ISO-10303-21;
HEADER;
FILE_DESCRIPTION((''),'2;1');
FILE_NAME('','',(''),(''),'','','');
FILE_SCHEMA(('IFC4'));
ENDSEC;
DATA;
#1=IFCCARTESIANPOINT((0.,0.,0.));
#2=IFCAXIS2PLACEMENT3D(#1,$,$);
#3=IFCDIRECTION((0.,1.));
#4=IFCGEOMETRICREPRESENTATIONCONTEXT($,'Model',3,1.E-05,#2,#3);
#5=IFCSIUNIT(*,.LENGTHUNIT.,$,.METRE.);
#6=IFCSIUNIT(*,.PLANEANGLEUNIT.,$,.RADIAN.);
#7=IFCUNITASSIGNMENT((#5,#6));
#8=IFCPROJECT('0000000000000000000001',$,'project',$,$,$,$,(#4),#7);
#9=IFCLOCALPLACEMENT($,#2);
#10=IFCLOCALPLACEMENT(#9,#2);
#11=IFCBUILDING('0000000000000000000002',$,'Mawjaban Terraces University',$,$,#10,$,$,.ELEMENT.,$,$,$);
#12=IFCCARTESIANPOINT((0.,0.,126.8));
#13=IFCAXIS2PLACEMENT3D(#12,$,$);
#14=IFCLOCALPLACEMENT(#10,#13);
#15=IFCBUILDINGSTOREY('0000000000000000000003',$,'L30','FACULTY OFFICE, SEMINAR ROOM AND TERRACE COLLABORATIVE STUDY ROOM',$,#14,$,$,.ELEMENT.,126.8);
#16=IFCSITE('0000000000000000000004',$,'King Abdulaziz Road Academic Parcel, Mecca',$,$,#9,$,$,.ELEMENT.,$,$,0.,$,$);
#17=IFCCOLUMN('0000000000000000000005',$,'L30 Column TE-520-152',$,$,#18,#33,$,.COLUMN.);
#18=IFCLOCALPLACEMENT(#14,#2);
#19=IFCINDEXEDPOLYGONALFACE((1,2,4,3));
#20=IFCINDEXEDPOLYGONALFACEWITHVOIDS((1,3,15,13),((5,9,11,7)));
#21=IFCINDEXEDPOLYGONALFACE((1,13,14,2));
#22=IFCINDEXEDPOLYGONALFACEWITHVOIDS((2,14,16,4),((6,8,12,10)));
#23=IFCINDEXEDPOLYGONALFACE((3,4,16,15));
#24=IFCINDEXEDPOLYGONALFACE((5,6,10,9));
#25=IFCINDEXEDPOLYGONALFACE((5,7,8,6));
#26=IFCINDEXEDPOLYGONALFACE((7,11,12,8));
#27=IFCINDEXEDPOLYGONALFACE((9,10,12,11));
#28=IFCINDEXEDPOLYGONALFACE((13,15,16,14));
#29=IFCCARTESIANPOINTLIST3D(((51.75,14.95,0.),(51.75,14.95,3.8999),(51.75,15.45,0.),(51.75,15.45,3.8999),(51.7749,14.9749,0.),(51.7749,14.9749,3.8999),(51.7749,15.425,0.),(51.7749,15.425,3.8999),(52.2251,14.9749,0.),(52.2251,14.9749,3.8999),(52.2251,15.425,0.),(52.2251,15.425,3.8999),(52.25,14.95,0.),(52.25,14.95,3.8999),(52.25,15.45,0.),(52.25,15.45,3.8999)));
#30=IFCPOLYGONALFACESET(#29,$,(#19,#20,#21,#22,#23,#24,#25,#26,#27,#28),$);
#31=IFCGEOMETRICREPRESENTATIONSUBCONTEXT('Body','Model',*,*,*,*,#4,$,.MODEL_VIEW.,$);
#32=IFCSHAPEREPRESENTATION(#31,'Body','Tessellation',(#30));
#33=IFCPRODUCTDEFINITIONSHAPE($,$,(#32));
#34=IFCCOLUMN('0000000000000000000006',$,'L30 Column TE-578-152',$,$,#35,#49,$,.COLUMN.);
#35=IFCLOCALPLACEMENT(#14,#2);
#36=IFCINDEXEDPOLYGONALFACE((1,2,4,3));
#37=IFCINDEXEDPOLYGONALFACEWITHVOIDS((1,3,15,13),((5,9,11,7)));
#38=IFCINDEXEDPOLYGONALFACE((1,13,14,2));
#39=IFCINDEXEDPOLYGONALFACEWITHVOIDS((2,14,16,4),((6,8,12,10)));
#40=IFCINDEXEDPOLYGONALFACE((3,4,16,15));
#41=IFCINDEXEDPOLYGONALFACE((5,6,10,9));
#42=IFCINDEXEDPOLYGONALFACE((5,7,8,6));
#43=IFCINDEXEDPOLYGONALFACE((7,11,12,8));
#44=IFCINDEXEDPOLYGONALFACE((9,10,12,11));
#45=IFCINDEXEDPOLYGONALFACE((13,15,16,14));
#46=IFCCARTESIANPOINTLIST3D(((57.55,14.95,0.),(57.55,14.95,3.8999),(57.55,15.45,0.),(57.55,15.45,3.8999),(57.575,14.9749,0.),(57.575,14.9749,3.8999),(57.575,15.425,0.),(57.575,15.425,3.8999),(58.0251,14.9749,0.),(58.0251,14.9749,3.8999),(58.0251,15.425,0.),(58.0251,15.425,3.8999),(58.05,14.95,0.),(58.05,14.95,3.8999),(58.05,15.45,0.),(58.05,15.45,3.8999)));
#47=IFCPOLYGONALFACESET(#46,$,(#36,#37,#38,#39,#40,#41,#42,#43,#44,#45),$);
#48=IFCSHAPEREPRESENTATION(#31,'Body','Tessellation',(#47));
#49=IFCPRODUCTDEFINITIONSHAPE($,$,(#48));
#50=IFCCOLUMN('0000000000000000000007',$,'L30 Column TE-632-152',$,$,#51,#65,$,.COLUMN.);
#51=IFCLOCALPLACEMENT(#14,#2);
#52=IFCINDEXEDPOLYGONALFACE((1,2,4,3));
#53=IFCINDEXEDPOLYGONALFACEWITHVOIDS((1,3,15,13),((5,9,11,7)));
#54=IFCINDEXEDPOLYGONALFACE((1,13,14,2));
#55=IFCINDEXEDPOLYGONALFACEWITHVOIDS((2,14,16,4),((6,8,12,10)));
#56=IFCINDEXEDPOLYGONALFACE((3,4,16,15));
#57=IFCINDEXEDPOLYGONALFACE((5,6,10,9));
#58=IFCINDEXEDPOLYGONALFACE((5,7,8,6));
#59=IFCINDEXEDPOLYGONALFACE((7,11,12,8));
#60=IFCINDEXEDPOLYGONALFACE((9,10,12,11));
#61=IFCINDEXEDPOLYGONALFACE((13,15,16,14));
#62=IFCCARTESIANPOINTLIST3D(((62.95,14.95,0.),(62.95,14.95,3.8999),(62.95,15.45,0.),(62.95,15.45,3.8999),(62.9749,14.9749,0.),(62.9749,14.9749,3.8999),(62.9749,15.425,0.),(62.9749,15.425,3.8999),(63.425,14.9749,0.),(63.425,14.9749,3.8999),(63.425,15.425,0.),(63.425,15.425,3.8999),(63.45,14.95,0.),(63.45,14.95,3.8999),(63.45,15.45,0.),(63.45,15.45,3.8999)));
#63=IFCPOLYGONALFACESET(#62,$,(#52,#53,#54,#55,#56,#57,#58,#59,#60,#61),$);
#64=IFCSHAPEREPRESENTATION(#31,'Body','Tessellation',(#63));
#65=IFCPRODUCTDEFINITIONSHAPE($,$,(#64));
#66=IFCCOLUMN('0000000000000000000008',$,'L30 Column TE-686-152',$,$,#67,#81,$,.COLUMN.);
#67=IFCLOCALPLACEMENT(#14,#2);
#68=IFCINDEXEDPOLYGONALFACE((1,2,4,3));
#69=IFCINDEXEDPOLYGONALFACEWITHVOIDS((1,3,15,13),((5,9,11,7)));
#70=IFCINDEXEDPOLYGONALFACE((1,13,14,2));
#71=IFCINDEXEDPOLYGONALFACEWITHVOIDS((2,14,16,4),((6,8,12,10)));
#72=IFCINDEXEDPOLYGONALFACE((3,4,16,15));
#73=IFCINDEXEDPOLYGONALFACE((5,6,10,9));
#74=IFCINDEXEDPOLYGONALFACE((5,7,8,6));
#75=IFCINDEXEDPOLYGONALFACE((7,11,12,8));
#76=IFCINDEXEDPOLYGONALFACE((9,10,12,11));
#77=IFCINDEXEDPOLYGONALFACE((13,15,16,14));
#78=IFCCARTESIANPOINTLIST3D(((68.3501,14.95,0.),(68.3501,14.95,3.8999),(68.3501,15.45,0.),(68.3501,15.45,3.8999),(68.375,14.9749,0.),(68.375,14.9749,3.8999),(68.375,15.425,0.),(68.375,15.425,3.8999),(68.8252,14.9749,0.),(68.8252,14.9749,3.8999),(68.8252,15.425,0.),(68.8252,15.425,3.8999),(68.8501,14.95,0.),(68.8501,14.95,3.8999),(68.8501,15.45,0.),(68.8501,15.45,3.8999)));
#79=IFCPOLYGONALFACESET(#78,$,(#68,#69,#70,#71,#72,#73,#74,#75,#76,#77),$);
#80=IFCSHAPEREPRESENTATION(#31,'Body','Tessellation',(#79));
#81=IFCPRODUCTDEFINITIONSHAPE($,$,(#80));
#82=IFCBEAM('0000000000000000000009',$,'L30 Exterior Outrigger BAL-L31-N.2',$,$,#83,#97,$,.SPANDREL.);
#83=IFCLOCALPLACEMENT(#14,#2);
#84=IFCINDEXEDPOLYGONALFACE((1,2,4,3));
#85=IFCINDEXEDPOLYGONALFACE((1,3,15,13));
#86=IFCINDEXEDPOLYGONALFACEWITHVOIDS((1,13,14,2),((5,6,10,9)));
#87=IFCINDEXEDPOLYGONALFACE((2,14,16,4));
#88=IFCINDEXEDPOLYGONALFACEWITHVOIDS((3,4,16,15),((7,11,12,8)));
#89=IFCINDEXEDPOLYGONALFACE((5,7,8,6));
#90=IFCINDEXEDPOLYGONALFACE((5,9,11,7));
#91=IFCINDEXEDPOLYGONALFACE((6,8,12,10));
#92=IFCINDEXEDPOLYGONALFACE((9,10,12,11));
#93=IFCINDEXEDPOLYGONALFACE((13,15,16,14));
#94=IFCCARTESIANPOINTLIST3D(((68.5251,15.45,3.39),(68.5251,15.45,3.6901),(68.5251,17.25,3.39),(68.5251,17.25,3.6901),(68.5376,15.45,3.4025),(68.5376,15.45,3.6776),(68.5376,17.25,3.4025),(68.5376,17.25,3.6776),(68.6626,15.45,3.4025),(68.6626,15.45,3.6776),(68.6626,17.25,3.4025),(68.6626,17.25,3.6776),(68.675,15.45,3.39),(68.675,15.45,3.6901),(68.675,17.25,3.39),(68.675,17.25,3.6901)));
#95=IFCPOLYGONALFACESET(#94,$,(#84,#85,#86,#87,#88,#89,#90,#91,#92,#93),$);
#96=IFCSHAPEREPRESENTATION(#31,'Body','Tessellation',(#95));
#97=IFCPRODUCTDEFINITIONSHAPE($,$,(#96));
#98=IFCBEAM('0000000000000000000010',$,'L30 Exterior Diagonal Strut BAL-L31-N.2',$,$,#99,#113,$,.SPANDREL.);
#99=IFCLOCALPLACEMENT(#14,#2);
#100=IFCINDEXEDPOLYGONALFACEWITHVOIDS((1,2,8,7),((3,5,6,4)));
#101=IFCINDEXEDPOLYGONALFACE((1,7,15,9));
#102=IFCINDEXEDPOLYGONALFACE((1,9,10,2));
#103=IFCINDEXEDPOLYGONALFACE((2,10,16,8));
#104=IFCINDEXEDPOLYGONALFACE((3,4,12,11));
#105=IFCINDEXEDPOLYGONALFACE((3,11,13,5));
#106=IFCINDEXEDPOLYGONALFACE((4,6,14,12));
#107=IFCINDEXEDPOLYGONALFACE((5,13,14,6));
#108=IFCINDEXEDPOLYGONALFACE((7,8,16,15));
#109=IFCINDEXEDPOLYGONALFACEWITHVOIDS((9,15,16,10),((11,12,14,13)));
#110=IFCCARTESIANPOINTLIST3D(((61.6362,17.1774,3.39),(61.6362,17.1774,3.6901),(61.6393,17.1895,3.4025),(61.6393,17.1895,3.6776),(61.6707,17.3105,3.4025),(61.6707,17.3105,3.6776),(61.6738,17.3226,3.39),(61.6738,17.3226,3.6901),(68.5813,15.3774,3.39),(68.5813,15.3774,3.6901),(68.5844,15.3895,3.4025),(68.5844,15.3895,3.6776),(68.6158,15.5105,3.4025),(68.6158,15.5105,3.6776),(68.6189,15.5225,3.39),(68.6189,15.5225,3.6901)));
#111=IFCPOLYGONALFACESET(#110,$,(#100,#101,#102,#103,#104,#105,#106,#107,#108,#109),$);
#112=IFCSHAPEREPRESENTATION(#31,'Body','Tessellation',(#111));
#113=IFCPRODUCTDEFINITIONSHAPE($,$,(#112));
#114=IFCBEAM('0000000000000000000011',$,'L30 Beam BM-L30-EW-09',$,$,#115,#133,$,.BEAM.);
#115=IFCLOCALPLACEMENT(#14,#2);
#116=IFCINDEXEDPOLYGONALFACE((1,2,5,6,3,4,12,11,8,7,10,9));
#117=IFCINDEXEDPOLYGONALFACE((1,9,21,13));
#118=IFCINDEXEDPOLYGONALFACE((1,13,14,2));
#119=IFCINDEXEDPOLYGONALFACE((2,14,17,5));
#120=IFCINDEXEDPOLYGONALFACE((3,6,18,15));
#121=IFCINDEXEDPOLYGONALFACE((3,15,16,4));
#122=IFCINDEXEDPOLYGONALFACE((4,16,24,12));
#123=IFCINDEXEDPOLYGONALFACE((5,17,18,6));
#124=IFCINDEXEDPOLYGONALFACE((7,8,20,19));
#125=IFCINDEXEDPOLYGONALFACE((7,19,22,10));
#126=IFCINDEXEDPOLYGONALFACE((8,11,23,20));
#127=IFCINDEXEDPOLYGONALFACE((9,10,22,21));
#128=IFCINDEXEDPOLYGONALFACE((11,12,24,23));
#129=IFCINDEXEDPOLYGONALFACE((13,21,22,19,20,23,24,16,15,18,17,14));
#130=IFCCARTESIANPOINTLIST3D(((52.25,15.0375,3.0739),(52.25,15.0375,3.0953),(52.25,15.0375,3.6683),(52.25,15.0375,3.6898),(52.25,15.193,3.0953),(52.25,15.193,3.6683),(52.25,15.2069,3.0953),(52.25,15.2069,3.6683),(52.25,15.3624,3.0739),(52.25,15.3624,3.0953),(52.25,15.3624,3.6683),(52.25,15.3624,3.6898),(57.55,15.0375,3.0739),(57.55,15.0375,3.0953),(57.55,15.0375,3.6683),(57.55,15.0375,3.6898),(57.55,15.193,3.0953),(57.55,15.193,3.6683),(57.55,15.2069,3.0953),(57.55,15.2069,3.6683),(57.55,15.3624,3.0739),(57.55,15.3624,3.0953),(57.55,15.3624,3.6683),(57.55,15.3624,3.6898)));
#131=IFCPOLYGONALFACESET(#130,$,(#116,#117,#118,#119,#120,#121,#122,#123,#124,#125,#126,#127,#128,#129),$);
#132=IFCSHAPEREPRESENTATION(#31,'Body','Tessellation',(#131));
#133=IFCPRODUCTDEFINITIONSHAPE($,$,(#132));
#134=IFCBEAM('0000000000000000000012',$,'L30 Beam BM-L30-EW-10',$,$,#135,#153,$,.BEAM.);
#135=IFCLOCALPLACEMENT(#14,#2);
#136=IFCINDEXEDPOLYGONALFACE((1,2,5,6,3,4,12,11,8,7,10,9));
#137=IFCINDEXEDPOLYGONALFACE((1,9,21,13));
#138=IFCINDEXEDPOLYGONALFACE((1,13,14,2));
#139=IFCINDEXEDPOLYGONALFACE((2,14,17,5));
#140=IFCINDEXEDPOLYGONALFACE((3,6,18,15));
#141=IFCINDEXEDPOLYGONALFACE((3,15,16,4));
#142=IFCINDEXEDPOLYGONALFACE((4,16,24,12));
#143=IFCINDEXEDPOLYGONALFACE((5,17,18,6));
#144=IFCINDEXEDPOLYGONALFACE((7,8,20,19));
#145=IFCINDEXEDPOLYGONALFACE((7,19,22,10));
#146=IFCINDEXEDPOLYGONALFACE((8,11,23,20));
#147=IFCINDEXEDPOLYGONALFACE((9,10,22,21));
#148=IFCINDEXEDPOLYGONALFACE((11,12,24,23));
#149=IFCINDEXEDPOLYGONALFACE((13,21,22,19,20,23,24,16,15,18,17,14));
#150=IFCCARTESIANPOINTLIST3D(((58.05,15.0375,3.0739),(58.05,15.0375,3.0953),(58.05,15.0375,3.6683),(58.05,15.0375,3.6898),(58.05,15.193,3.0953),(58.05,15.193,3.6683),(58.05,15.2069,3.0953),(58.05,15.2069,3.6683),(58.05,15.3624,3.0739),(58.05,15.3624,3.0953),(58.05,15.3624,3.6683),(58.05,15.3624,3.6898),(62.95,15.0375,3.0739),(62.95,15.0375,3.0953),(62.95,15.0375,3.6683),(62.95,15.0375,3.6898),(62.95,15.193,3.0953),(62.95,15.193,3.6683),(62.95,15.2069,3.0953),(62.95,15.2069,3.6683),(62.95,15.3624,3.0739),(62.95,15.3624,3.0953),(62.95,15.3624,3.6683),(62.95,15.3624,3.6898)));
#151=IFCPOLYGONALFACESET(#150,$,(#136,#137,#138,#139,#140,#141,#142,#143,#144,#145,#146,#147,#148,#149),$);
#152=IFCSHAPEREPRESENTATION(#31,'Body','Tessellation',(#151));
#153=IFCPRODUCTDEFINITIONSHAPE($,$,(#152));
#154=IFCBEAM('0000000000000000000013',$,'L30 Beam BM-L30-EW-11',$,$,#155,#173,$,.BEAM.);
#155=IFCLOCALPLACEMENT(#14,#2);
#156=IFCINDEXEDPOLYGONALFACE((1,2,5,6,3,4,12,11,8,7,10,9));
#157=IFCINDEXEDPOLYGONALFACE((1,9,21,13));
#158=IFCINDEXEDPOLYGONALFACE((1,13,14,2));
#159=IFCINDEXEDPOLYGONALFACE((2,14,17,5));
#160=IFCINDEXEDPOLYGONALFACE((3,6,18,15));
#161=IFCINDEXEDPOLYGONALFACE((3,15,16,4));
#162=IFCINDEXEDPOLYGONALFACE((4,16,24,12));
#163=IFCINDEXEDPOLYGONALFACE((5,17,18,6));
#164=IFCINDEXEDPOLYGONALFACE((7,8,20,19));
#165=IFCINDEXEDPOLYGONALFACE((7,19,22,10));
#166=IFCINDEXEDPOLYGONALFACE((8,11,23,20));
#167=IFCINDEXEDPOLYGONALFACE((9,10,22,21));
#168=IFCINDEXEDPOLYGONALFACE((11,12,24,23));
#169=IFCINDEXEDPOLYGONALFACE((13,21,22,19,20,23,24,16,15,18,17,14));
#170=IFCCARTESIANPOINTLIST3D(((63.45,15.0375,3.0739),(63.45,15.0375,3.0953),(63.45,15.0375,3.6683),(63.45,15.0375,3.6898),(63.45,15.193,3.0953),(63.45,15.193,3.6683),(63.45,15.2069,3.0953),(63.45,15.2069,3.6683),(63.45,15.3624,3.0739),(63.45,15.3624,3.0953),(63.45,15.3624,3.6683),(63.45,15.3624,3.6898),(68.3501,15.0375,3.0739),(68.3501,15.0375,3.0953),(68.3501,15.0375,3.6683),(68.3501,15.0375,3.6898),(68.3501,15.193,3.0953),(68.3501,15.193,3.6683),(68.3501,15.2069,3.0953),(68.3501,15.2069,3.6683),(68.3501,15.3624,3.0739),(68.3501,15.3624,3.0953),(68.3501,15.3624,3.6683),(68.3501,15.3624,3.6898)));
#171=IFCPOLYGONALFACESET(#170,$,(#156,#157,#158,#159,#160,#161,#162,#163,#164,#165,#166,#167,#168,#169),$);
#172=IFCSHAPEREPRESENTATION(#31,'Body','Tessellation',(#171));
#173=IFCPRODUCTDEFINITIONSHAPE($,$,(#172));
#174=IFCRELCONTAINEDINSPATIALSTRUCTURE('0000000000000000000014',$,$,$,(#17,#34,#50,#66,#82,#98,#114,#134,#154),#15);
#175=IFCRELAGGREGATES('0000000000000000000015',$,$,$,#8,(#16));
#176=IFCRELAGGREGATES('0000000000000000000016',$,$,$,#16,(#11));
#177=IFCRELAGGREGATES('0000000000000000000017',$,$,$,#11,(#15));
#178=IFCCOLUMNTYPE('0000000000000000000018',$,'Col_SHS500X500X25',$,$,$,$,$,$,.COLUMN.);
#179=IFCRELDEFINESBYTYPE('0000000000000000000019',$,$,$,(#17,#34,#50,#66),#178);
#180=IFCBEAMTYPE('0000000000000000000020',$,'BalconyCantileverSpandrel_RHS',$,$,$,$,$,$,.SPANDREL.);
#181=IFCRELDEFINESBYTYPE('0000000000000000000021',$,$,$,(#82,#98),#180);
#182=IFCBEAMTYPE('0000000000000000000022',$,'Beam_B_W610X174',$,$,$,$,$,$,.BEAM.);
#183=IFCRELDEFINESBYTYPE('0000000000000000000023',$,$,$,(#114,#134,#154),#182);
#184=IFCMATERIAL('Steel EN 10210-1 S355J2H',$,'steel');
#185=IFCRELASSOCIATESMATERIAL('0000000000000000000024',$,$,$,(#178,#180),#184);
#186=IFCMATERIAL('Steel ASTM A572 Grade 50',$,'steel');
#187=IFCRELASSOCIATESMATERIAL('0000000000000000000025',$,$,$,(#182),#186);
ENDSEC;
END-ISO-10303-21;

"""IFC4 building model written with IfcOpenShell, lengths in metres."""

from ifc_helpers import new_model, si_unit, direction, frame, origin, origin_2d, place, context, subcontext, project, spatial, hollow_rectangle, i_section, extrude, material, material_profile, profile_set, type_object, element, save


model = new_model("IFC4")

# Units and contexts
model_context = context("Model", 3, precision=1e-05, world=origin(), true_north=direction((0.0, 1.0)))
body_context = subcontext(model_context, "Body", "Model", "MODEL_VIEW")
ifc_project = project(units=[si_unit("LENGTHUNIT", "METRE"), si_unit("PLANEANGLEUNIT", "RADIAN")], contexts=[model_context])

# Site, building, storey
site_placement = place(None, origin())
site = spatial("IfcSite", under=ifc_project, at=site_placement, Name="King Abdulaziz Road Academic Parcel, Mecca", CompositionType="ELEMENT", RefElevation=0.0)
building_placement = place(site_placement, origin())
building = spatial("IfcBuilding", under=site, at=building_placement, Name="Mawjaban Terraces University", CompositionType="ELEMENT")
storey_placement = place(building_placement, frame((0.0, 0.0, 126.8)))
storey = spatial("IfcBuildingStorey", under=building, at=storey_placement, Name="L30", Description="FACULTY OFFICE, SEMINAR ROOM AND TERRACE COLLABORATIVE STUDY ROOM", CompositionType="ELEMENT", Elevation=126.8)

# Columns
ifc_material_1 = material(Name="Steel EN 10210-1 S355J2H", Category="steel")
ifc_material_profile_1 = material_profile(ifc_material_1, hollow_rectangle(XDim=0.5, YDim=0.5, WallThickness=0.0249, at=origin_2d()), Name="SHS500X500X25")
ifc_profile_set_1 = profile_set([ifc_material_profile_1], Name="Steel EN 10210-1 S355J2H")
column_type = type_object("IfcColumnType", Name="Col_SHS500X500X25", PredefinedType="COLUMN", material=ifc_profile_set_1)
for number, where, z_axis, x_axis, name in (
    (1, (52.0, 15.2, 0.0), (0.0, 0.0, 1.0), (1.0, 0.0, 0.0), "L30 Column TE-520-152"),
    (2, (57.8, 15.2, 0.0), (0.0, 0.0, 1.0), (1.0, 0.0, 0.0), "L30 Column TE-578-152"),
    (3, (63.2, 15.2, 0.0), (0.0, 0.0, 1.0), (1.0, 0.0, 0.0), "L30 Column TE-632-152"),
    (4, (68.6001, 15.2, 0.0), (0.0, 0.0, 1.0), (1.0, 0.0, 0.0), "L30 Column TE-686-152"),
):
    element("IfcColumn", number, at=place(storey_placement, frame(where, z_axis=z_axis, x_axis=x_axis)), inside=storey, type_object=column_type, Name=name, PredefinedType="COLUMN", context=body_context, shape_type="SweptSolid", body=[
        extrude(hollow_rectangle(XDim=0.5, YDim=0.5, WallThickness=0.0249, at=origin_2d()), origin(), (0.0, 0.0, 1.0), 3.8999),
    ])

# Beams
ifc_material_profile_2 = material_profile(ifc_material_1, hollow_rectangle(XDim=0.1499, YDim=0.3, WallThickness=0.0125, at=origin_2d()), Name="RHS300X150X12.5")
ifc_profile_set_2 = profile_set([ifc_material_profile_2], Name="Steel EN 10210-1 S355J2H")
beam_type_1 = type_object("IfcBeamType", Name="BalconyCantileverSpandrel_RHS", PredefinedType="SPANDREL", material=ifc_profile_set_2)
beam_1_placement = place(storey_placement, frame((68.6001, 15.45, 3.54), z_axis=(0.0, 1.0, 0.0), x_axis=(-1.0, 0.0, 0.0)))
element("IfcBeam", 5, at=beam_1_placement, inside=storey, type_object=beam_type_1, Name="L30 Exterior Outrigger BAL-L31-N.2", PredefinedType="SPANDREL", context=body_context, shape_type="SweptSolid", body=[
    extrude(hollow_rectangle(XDim=0.1499, YDim=0.3, WallThickness=0.0125, at=origin_2d()), origin(), (0.0, 0.0, 1.0), 1.8),
])
beam_2_placement = place(storey_placement, frame((68.6001, 15.45, 3.54), z_axis=(-0.968015, 0.250894, 0.0), x_axis=(-0.250894, -0.968015, 0.0)))
element("IfcBeam", 6, at=beam_2_placement, inside=storey, type_object=beam_type_1, Name="L30 Exterior Diagonal Strut BAL-L31-N.2", PredefinedType="SPANDREL", context=body_context, shape_type="SweptSolid", body=[
    extrude(hollow_rectangle(XDim=0.1499, YDim=0.3, WallThickness=0.0125, at=origin_2d()), origin(), (0.0, 0.0, 1.0), 7.1746),
])
ifc_material_2 = material(Name="Steel ASTM A572 Grade 50", Category="steel")
ifc_material_profile_3 = material_profile(ifc_material_2, i_section(OverallWidth=0.325, OverallDepth=0.616, WebThickness=0.0139, FlangeThickness=0.0215, at=origin_2d()), Name="W610X174")
ifc_profile_set_3 = profile_set([ifc_material_profile_3], Name="Steel ASTM A572 Grade 50")
beam_type_2 = type_object("IfcBeamType", Name="Beam_B_W610X174", PredefinedType="BEAM", material=ifc_profile_set_3)
beam_3_placement = place(storey_placement, frame((52.25, 15.2, 3.3818), z_axis=(1.0, 0.0, 0.0), x_axis=(0.0, 1.0, 0.0)))
element("IfcBeam", 7, at=beam_3_placement, inside=storey, type_object=beam_type_2, Name="L30 Beam BM-L30-EW-09", PredefinedType="BEAM", context=body_context, shape_type="SweptSolid", body=[
    extrude(i_section(OverallWidth=0.325, OverallDepth=0.616, WebThickness=0.0139, FlangeThickness=0.0215, at=origin_2d()), origin(), (0.0, 0.0, 1.0), 5.3),
])
beam_4_placement = place(storey_placement, frame((58.05, 15.2, 3.3818), z_axis=(1.0, 0.0, 0.0), x_axis=(0.0, 1.0, 0.0)))
element("IfcBeam", 8, at=beam_4_placement, inside=storey, type_object=beam_type_2, Name="L30 Beam BM-L30-EW-10", PredefinedType="BEAM", context=body_context, shape_type="SweptSolid", body=[
    extrude(i_section(OverallWidth=0.325, OverallDepth=0.616, WebThickness=0.0139, FlangeThickness=0.0215, at=origin_2d()), origin(), (0.0, 0.0, 1.0), 4.8999),
])
beam_5_placement = place(storey_placement, frame((63.45, 15.2, 3.3818), z_axis=(1.0, 0.0, 0.0), x_axis=(0.0, 1.0, 0.0)))
element("IfcBeam", 9, at=beam_5_placement, inside=storey, type_object=beam_type_2, Name="L30 Beam BM-L30-EW-11", PredefinedType="BEAM", context=body_context, shape_type="SweptSolid", body=[
    extrude(i_section(OverallWidth=0.325, OverallDepth=0.616, WebThickness=0.0139, FlangeThickness=0.0215, at=origin_2d()), origin(), (0.0, 0.0, 1.0), 4.9001),
])

save(model, "model.ifc")
